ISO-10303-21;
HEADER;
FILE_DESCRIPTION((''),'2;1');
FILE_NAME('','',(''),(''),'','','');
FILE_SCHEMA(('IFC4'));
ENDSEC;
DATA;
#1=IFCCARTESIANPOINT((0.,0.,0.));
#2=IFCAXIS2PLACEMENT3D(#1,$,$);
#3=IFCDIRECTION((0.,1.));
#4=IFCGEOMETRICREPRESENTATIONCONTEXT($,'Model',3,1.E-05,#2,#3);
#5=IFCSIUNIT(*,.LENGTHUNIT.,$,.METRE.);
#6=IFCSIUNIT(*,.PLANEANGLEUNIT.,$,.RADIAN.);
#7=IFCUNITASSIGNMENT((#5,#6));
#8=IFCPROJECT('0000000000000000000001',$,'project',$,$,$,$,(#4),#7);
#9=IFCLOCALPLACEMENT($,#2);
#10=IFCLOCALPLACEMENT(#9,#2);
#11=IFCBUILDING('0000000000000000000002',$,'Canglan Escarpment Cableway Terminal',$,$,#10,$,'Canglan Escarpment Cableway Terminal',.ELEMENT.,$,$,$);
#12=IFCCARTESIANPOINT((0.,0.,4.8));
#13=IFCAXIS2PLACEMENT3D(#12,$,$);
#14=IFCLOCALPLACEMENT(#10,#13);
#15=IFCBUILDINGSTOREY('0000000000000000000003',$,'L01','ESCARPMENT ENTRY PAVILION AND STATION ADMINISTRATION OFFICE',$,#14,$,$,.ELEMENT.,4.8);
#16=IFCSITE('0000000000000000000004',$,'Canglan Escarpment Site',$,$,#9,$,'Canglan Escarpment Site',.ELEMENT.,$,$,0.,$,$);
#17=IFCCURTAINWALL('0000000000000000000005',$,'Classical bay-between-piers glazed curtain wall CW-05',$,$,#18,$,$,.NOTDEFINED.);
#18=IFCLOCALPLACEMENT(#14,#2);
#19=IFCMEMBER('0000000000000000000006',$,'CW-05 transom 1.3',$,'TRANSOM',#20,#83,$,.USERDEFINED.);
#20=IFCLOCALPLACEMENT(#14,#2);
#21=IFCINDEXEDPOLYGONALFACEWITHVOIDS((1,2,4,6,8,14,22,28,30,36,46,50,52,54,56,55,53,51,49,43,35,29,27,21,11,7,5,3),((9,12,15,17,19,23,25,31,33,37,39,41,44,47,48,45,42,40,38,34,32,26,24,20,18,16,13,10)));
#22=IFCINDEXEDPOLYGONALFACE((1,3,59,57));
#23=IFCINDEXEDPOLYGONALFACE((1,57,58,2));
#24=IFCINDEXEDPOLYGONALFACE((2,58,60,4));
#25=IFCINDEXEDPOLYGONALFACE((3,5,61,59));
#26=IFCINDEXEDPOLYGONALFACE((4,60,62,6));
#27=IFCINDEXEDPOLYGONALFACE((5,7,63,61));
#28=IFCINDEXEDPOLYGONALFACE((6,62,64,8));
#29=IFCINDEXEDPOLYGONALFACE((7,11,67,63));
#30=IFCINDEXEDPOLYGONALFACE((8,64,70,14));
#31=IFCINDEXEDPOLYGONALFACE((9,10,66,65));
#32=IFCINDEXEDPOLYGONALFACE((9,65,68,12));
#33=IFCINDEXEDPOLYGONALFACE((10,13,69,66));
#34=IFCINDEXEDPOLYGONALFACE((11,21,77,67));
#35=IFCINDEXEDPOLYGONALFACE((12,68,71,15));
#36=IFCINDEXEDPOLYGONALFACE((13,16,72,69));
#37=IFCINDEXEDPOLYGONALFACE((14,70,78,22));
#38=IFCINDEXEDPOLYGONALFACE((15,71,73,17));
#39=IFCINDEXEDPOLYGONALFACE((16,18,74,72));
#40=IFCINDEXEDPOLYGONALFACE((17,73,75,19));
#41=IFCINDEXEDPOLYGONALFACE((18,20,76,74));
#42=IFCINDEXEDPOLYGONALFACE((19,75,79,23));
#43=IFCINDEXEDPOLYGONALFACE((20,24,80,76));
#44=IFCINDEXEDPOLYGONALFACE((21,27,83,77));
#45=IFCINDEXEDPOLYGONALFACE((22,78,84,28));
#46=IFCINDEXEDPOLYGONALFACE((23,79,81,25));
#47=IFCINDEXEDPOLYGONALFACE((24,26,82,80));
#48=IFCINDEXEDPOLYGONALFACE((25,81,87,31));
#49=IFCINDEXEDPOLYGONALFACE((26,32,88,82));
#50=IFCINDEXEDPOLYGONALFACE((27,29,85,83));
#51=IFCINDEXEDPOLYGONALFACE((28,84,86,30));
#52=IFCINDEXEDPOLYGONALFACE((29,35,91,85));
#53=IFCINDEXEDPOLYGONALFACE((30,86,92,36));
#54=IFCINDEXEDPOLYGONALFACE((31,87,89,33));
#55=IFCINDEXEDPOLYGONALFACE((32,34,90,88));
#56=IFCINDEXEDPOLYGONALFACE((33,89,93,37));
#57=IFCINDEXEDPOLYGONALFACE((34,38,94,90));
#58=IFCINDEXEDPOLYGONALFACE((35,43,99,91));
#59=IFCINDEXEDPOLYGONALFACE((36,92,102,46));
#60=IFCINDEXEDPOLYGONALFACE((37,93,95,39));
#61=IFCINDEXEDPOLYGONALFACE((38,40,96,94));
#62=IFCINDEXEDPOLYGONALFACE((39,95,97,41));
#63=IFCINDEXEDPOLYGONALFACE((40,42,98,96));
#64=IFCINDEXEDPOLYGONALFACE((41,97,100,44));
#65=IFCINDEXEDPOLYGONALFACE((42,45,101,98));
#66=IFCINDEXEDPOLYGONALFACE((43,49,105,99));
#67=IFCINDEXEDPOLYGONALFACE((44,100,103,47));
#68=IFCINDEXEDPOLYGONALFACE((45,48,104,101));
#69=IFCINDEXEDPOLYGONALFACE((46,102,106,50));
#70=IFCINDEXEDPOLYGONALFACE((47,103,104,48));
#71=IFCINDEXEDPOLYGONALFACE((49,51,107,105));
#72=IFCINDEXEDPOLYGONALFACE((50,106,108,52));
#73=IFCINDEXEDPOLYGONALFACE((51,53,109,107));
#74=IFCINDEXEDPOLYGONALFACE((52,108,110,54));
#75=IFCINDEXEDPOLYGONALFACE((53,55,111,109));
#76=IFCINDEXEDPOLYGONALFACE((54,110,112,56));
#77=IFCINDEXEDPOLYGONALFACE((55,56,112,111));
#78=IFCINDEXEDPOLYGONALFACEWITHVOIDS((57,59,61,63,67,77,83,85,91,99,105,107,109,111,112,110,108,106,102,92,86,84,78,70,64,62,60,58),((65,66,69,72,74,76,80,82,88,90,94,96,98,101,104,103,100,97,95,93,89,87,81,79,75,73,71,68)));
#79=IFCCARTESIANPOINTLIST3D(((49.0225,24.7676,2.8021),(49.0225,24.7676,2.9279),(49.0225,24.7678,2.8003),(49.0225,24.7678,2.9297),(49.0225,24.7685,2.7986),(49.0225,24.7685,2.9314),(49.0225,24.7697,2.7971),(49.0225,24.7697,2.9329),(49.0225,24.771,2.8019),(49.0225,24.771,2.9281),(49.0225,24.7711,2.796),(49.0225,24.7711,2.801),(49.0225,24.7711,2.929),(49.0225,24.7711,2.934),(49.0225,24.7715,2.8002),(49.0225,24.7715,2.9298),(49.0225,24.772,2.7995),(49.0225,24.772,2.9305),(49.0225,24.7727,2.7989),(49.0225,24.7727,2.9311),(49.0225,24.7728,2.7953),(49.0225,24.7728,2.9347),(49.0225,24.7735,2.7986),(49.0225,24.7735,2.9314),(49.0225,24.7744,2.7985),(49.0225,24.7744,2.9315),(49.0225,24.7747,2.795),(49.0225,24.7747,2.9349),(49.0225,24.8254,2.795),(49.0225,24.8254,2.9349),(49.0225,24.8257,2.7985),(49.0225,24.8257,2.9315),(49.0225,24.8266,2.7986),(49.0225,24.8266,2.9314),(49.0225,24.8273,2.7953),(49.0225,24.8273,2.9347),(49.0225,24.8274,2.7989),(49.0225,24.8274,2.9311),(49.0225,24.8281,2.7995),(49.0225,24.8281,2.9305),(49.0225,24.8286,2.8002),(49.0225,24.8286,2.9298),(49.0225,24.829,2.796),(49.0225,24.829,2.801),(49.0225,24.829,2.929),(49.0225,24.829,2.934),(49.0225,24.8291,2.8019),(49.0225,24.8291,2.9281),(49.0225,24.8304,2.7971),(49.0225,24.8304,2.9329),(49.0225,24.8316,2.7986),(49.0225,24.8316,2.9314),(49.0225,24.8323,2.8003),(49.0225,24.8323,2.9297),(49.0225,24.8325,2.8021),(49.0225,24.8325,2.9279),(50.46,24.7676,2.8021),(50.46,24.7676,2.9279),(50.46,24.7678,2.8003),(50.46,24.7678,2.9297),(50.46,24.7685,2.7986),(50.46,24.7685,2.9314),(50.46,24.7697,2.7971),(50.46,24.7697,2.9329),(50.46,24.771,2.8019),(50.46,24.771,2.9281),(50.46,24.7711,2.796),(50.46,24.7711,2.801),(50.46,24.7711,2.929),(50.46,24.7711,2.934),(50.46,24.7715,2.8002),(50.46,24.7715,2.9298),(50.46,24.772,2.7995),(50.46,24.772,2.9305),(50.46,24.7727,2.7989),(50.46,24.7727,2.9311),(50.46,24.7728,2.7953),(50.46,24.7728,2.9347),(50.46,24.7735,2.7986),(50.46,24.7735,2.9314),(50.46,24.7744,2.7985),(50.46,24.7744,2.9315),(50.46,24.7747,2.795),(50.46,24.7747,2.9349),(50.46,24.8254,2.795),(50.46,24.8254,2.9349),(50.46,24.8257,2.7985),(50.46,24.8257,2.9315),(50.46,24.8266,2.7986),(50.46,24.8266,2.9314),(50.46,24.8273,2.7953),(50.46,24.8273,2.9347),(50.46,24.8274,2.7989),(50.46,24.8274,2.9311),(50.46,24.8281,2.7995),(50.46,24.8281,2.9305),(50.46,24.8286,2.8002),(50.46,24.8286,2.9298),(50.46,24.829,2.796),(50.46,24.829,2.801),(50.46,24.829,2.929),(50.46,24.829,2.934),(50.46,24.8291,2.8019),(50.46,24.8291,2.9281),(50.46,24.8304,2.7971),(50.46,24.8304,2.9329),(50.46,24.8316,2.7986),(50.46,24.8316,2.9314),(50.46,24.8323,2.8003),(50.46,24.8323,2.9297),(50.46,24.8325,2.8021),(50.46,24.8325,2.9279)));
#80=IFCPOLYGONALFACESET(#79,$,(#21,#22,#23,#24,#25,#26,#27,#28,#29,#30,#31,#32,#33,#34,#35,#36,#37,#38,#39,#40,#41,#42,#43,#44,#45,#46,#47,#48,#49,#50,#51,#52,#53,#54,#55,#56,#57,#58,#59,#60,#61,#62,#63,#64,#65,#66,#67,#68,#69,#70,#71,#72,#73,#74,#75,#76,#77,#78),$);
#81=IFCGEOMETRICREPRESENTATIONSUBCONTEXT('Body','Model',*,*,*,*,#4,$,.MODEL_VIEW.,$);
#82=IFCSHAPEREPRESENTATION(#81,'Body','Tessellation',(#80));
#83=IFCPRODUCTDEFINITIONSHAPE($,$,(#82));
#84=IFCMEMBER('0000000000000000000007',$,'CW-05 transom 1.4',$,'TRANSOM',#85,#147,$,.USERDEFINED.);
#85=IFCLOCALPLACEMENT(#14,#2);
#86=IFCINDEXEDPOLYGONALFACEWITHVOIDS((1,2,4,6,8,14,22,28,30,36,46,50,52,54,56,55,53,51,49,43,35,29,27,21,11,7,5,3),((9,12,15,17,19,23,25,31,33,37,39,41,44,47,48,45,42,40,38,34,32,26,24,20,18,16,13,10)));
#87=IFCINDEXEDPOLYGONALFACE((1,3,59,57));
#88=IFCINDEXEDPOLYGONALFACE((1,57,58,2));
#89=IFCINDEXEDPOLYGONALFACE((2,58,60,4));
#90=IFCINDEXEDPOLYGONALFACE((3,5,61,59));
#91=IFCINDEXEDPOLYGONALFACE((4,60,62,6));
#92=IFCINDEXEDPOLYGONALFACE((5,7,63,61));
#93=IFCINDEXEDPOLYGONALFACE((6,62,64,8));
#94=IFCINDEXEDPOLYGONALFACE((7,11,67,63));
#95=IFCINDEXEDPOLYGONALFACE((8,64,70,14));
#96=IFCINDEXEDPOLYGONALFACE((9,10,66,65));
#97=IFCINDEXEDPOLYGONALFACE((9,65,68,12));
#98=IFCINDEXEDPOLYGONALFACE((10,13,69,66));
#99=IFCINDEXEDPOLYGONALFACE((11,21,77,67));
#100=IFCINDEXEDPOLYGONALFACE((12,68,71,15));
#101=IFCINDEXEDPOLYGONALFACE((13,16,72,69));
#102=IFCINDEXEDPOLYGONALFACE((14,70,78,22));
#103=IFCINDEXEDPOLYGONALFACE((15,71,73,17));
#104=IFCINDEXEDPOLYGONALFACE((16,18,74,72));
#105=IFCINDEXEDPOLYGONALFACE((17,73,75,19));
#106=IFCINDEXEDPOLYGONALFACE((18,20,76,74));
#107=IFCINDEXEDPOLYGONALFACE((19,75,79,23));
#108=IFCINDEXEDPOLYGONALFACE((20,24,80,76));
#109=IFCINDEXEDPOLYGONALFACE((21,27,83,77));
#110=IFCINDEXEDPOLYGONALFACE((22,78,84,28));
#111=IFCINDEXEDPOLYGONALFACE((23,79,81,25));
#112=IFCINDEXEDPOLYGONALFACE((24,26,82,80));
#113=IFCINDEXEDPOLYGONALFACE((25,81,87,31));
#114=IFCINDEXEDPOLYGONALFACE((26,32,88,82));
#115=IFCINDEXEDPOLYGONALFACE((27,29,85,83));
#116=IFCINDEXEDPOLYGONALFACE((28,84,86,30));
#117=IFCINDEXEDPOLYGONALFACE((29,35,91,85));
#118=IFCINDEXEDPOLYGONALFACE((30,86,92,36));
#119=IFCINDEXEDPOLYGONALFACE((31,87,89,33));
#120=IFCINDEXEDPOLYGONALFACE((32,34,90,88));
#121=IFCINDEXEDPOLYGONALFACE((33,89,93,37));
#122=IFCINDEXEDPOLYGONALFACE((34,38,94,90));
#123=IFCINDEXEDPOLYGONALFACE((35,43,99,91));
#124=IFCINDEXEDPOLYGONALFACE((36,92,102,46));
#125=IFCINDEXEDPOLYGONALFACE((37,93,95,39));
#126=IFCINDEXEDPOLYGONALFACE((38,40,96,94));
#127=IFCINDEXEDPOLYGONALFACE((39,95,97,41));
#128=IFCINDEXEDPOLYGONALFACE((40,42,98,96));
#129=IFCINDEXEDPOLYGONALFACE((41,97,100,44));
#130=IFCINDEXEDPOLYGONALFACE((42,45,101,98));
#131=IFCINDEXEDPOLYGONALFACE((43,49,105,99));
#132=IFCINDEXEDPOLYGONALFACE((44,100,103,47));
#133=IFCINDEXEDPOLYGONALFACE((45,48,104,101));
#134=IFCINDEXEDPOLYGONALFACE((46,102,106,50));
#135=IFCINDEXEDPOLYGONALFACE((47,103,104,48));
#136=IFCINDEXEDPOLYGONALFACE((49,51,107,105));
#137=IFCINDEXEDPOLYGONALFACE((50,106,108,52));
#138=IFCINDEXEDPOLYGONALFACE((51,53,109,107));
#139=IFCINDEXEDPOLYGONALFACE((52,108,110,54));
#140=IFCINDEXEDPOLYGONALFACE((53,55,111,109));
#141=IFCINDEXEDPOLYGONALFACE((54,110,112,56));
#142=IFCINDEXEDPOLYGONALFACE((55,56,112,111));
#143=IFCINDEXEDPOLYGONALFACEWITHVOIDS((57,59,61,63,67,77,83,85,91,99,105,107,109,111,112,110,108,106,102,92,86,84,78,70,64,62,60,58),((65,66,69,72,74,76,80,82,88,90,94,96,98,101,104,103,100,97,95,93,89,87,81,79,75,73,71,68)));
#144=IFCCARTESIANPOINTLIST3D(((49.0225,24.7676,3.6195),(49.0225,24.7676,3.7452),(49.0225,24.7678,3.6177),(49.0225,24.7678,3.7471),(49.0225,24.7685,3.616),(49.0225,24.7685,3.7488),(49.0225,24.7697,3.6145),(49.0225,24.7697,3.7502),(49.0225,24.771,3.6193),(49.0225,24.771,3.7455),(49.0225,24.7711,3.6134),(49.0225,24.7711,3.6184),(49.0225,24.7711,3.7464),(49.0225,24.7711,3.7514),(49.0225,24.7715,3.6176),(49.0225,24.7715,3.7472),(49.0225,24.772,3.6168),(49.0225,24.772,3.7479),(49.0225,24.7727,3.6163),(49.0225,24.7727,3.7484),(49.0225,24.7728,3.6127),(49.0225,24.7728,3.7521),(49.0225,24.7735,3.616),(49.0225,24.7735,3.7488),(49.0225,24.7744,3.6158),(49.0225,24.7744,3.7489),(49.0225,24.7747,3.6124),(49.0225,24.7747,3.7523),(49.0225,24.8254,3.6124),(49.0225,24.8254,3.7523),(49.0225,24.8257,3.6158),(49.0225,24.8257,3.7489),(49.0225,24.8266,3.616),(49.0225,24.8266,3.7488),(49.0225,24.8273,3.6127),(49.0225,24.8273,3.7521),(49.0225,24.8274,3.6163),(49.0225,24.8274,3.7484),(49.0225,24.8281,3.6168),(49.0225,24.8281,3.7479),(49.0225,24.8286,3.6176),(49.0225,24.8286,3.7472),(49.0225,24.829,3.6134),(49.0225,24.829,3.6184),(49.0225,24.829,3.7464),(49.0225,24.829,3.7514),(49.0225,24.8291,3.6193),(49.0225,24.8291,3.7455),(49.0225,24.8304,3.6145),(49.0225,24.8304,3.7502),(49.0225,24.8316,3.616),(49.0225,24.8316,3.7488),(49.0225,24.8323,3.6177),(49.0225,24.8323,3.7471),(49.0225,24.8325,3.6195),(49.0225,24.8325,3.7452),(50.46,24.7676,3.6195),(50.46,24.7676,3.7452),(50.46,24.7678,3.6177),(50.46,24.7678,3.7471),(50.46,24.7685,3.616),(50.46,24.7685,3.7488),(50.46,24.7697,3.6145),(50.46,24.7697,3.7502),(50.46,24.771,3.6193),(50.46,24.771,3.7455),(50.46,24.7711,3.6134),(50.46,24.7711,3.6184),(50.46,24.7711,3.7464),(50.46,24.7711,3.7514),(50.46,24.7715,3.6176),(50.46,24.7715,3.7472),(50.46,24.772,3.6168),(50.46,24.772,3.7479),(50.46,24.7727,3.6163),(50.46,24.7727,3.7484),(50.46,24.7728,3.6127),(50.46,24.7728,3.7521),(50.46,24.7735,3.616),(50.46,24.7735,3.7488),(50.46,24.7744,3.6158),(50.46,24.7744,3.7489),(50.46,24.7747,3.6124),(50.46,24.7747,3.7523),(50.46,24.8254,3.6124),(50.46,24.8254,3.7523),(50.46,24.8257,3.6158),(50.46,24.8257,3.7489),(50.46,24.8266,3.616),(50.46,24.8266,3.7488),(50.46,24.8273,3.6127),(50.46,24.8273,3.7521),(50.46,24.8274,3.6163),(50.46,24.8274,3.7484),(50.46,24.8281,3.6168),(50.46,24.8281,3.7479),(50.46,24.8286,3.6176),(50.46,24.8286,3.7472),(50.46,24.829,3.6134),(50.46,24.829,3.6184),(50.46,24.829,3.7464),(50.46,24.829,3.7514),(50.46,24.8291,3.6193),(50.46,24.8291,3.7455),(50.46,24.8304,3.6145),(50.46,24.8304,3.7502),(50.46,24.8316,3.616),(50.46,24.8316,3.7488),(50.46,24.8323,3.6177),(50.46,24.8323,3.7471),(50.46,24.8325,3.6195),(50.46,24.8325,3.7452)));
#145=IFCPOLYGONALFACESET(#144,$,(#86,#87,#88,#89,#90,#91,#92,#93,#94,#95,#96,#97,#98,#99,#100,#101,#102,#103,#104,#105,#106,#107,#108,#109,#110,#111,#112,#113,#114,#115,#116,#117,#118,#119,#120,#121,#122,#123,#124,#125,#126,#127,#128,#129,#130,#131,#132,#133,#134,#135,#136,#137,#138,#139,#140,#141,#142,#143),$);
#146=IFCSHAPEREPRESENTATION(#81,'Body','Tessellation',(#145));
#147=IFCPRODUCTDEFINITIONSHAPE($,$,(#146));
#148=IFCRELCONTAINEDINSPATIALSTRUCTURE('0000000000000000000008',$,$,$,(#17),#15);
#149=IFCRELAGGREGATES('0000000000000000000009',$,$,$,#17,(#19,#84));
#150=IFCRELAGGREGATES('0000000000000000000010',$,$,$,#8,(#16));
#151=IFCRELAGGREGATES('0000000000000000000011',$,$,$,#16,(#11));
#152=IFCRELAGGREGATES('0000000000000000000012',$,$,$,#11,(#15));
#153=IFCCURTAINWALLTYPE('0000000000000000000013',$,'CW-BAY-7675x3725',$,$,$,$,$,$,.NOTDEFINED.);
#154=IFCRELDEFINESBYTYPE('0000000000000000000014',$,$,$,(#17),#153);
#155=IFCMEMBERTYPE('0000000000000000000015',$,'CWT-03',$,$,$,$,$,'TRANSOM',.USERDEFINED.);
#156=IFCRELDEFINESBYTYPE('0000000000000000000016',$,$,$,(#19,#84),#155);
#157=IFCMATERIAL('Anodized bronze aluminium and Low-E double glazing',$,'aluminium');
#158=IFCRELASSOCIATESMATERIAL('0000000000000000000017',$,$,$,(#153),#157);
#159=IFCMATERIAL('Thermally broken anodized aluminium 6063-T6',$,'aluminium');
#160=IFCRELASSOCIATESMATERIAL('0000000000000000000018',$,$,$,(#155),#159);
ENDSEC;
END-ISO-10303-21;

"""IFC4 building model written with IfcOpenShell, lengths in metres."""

from ifc_helpers import new_model, si_unit, direction, frame, origin, origin_2d, place, context, subcontext, project, spatial, hollow_rectangle, extrude, material, material_profile, profile_set, type_object, element, aggregate, save


model = new_model("IFC4")

# Units and contexts
model_context = context("Model", 3, precision=1e-05, world=origin(), true_north=direction((0.0, 1.0)))
body_context = subcontext(model_context, "Body", "Model", "MODEL_VIEW")
ifc_project = project(units=[si_unit("LENGTHUNIT", "METRE"), si_unit("PLANEANGLEUNIT", "RADIAN")], contexts=[model_context])

# Site, building, storey
site_placement = place(None, origin())
site = spatial("IfcSite", under=ifc_project, at=site_placement, Name="Canglan Escarpment Site", LongName="Canglan Escarpment Site", CompositionType="ELEMENT", RefElevation=0.0)
building_placement = place(site_placement, origin())
building = spatial("IfcBuilding", under=site, at=building_placement, Name="Canglan Escarpment Cableway Terminal", LongName="Canglan Escarpment Cableway Terminal", CompositionType="ELEMENT")
storey_placement = place(building_placement, frame((0.0, 0.0, 4.8)))
storey = spatial("IfcBuildingStorey", under=building, at=storey_placement, Name="L01", Description="ESCARPMENT ENTRY PAVILION AND STATION ADMINISTRATION OFFICE", CompositionType="ELEMENT", Elevation=4.8)

# Shared definitions
ifc_material_1 = material(Name="Anodized bronze aluminium and Low-E double glazing", Category="aluminium")
ifc_material_2 = material(Name="Thermally broken anodized aluminium 6063-T6", Category="aluminium")

# Curtain wall, members
curtain_wall_type_1 = type_object("IfcCurtainWallType", Name="CW-BAY-7675x3725", PredefinedType="NOTDEFINED", material=ifc_material_1)
curtain_wall_1_placement = place(storey_placement, origin())
curtain_wall_1 = element("IfcCurtainWall", 1, at=curtain_wall_1_placement, inside=storey, type_object=curtain_wall_type_1, Name="Classical bay-between-piers glazed curtain wall CW-05", PredefinedType="NOTDEFINED")
ifc_material_profile_1 = material_profile(ifc_material_2, hollow_rectangle(XDim=0.0649, YDim=0.1399, WallThickness=0.0034, InnerFilletRadius=0.0034, OuterFilletRadius=0.0071, at=origin_2d()), Name="ALU-TRAN 65x140x3.5")
ifc_profile_set_1 = profile_set([ifc_material_profile_1], Name="Thermally broken anodized aluminium 6063-T6")
member_type_1 = type_object("IfcMemberType", Name="CWT-03", ElementType="TRANSOM", PredefinedType="USERDEFINED", material=ifc_profile_set_1)
member_1_placement = place(storey_placement, frame((50.46, 24.8, 2.865), z_axis=(-1.0, 0.0, 0.0), x_axis=(0.0, -1.0, 0.0)))
member_1 = element("IfcMember", 2, at=member_1_placement, type_object=member_type_1, Name="CW-05 transom 1.3", ObjectType="TRANSOM", PredefinedType="USERDEFINED", context=body_context, shape_type="SweptSolid", body=[
    extrude(hollow_rectangle(XDim=0.0649, YDim=0.1399, WallThickness=0.0034, InnerFilletRadius=0.0034, OuterFilletRadius=0.0071, at=origin_2d()), origin(), (0.0, 0.0, 1.0), 1.4375),
])
member_2_placement = place(storey_placement, frame((50.46, 24.8, 3.6824), z_axis=(-1.0, 0.0, 0.0), x_axis=(0.0, -1.0, 0.0)))
member_2 = element("IfcMember", 3, at=member_2_placement, type_object=member_type_1, Name="CW-05 transom 1.4", ObjectType="TRANSOM", PredefinedType="USERDEFINED", context=body_context, shape_type="SweptSolid", body=[
    extrude(hollow_rectangle(XDim=0.0649, YDim=0.1399, WallThickness=0.0034, InnerFilletRadius=0.0034, OuterFilletRadius=0.0071, at=origin_2d()), origin(), (0.0, 0.0, 1.0), 1.4375),
])

aggregate(curtain_wall_1, [member_1, member_2])

save(model, "model.ifc")
